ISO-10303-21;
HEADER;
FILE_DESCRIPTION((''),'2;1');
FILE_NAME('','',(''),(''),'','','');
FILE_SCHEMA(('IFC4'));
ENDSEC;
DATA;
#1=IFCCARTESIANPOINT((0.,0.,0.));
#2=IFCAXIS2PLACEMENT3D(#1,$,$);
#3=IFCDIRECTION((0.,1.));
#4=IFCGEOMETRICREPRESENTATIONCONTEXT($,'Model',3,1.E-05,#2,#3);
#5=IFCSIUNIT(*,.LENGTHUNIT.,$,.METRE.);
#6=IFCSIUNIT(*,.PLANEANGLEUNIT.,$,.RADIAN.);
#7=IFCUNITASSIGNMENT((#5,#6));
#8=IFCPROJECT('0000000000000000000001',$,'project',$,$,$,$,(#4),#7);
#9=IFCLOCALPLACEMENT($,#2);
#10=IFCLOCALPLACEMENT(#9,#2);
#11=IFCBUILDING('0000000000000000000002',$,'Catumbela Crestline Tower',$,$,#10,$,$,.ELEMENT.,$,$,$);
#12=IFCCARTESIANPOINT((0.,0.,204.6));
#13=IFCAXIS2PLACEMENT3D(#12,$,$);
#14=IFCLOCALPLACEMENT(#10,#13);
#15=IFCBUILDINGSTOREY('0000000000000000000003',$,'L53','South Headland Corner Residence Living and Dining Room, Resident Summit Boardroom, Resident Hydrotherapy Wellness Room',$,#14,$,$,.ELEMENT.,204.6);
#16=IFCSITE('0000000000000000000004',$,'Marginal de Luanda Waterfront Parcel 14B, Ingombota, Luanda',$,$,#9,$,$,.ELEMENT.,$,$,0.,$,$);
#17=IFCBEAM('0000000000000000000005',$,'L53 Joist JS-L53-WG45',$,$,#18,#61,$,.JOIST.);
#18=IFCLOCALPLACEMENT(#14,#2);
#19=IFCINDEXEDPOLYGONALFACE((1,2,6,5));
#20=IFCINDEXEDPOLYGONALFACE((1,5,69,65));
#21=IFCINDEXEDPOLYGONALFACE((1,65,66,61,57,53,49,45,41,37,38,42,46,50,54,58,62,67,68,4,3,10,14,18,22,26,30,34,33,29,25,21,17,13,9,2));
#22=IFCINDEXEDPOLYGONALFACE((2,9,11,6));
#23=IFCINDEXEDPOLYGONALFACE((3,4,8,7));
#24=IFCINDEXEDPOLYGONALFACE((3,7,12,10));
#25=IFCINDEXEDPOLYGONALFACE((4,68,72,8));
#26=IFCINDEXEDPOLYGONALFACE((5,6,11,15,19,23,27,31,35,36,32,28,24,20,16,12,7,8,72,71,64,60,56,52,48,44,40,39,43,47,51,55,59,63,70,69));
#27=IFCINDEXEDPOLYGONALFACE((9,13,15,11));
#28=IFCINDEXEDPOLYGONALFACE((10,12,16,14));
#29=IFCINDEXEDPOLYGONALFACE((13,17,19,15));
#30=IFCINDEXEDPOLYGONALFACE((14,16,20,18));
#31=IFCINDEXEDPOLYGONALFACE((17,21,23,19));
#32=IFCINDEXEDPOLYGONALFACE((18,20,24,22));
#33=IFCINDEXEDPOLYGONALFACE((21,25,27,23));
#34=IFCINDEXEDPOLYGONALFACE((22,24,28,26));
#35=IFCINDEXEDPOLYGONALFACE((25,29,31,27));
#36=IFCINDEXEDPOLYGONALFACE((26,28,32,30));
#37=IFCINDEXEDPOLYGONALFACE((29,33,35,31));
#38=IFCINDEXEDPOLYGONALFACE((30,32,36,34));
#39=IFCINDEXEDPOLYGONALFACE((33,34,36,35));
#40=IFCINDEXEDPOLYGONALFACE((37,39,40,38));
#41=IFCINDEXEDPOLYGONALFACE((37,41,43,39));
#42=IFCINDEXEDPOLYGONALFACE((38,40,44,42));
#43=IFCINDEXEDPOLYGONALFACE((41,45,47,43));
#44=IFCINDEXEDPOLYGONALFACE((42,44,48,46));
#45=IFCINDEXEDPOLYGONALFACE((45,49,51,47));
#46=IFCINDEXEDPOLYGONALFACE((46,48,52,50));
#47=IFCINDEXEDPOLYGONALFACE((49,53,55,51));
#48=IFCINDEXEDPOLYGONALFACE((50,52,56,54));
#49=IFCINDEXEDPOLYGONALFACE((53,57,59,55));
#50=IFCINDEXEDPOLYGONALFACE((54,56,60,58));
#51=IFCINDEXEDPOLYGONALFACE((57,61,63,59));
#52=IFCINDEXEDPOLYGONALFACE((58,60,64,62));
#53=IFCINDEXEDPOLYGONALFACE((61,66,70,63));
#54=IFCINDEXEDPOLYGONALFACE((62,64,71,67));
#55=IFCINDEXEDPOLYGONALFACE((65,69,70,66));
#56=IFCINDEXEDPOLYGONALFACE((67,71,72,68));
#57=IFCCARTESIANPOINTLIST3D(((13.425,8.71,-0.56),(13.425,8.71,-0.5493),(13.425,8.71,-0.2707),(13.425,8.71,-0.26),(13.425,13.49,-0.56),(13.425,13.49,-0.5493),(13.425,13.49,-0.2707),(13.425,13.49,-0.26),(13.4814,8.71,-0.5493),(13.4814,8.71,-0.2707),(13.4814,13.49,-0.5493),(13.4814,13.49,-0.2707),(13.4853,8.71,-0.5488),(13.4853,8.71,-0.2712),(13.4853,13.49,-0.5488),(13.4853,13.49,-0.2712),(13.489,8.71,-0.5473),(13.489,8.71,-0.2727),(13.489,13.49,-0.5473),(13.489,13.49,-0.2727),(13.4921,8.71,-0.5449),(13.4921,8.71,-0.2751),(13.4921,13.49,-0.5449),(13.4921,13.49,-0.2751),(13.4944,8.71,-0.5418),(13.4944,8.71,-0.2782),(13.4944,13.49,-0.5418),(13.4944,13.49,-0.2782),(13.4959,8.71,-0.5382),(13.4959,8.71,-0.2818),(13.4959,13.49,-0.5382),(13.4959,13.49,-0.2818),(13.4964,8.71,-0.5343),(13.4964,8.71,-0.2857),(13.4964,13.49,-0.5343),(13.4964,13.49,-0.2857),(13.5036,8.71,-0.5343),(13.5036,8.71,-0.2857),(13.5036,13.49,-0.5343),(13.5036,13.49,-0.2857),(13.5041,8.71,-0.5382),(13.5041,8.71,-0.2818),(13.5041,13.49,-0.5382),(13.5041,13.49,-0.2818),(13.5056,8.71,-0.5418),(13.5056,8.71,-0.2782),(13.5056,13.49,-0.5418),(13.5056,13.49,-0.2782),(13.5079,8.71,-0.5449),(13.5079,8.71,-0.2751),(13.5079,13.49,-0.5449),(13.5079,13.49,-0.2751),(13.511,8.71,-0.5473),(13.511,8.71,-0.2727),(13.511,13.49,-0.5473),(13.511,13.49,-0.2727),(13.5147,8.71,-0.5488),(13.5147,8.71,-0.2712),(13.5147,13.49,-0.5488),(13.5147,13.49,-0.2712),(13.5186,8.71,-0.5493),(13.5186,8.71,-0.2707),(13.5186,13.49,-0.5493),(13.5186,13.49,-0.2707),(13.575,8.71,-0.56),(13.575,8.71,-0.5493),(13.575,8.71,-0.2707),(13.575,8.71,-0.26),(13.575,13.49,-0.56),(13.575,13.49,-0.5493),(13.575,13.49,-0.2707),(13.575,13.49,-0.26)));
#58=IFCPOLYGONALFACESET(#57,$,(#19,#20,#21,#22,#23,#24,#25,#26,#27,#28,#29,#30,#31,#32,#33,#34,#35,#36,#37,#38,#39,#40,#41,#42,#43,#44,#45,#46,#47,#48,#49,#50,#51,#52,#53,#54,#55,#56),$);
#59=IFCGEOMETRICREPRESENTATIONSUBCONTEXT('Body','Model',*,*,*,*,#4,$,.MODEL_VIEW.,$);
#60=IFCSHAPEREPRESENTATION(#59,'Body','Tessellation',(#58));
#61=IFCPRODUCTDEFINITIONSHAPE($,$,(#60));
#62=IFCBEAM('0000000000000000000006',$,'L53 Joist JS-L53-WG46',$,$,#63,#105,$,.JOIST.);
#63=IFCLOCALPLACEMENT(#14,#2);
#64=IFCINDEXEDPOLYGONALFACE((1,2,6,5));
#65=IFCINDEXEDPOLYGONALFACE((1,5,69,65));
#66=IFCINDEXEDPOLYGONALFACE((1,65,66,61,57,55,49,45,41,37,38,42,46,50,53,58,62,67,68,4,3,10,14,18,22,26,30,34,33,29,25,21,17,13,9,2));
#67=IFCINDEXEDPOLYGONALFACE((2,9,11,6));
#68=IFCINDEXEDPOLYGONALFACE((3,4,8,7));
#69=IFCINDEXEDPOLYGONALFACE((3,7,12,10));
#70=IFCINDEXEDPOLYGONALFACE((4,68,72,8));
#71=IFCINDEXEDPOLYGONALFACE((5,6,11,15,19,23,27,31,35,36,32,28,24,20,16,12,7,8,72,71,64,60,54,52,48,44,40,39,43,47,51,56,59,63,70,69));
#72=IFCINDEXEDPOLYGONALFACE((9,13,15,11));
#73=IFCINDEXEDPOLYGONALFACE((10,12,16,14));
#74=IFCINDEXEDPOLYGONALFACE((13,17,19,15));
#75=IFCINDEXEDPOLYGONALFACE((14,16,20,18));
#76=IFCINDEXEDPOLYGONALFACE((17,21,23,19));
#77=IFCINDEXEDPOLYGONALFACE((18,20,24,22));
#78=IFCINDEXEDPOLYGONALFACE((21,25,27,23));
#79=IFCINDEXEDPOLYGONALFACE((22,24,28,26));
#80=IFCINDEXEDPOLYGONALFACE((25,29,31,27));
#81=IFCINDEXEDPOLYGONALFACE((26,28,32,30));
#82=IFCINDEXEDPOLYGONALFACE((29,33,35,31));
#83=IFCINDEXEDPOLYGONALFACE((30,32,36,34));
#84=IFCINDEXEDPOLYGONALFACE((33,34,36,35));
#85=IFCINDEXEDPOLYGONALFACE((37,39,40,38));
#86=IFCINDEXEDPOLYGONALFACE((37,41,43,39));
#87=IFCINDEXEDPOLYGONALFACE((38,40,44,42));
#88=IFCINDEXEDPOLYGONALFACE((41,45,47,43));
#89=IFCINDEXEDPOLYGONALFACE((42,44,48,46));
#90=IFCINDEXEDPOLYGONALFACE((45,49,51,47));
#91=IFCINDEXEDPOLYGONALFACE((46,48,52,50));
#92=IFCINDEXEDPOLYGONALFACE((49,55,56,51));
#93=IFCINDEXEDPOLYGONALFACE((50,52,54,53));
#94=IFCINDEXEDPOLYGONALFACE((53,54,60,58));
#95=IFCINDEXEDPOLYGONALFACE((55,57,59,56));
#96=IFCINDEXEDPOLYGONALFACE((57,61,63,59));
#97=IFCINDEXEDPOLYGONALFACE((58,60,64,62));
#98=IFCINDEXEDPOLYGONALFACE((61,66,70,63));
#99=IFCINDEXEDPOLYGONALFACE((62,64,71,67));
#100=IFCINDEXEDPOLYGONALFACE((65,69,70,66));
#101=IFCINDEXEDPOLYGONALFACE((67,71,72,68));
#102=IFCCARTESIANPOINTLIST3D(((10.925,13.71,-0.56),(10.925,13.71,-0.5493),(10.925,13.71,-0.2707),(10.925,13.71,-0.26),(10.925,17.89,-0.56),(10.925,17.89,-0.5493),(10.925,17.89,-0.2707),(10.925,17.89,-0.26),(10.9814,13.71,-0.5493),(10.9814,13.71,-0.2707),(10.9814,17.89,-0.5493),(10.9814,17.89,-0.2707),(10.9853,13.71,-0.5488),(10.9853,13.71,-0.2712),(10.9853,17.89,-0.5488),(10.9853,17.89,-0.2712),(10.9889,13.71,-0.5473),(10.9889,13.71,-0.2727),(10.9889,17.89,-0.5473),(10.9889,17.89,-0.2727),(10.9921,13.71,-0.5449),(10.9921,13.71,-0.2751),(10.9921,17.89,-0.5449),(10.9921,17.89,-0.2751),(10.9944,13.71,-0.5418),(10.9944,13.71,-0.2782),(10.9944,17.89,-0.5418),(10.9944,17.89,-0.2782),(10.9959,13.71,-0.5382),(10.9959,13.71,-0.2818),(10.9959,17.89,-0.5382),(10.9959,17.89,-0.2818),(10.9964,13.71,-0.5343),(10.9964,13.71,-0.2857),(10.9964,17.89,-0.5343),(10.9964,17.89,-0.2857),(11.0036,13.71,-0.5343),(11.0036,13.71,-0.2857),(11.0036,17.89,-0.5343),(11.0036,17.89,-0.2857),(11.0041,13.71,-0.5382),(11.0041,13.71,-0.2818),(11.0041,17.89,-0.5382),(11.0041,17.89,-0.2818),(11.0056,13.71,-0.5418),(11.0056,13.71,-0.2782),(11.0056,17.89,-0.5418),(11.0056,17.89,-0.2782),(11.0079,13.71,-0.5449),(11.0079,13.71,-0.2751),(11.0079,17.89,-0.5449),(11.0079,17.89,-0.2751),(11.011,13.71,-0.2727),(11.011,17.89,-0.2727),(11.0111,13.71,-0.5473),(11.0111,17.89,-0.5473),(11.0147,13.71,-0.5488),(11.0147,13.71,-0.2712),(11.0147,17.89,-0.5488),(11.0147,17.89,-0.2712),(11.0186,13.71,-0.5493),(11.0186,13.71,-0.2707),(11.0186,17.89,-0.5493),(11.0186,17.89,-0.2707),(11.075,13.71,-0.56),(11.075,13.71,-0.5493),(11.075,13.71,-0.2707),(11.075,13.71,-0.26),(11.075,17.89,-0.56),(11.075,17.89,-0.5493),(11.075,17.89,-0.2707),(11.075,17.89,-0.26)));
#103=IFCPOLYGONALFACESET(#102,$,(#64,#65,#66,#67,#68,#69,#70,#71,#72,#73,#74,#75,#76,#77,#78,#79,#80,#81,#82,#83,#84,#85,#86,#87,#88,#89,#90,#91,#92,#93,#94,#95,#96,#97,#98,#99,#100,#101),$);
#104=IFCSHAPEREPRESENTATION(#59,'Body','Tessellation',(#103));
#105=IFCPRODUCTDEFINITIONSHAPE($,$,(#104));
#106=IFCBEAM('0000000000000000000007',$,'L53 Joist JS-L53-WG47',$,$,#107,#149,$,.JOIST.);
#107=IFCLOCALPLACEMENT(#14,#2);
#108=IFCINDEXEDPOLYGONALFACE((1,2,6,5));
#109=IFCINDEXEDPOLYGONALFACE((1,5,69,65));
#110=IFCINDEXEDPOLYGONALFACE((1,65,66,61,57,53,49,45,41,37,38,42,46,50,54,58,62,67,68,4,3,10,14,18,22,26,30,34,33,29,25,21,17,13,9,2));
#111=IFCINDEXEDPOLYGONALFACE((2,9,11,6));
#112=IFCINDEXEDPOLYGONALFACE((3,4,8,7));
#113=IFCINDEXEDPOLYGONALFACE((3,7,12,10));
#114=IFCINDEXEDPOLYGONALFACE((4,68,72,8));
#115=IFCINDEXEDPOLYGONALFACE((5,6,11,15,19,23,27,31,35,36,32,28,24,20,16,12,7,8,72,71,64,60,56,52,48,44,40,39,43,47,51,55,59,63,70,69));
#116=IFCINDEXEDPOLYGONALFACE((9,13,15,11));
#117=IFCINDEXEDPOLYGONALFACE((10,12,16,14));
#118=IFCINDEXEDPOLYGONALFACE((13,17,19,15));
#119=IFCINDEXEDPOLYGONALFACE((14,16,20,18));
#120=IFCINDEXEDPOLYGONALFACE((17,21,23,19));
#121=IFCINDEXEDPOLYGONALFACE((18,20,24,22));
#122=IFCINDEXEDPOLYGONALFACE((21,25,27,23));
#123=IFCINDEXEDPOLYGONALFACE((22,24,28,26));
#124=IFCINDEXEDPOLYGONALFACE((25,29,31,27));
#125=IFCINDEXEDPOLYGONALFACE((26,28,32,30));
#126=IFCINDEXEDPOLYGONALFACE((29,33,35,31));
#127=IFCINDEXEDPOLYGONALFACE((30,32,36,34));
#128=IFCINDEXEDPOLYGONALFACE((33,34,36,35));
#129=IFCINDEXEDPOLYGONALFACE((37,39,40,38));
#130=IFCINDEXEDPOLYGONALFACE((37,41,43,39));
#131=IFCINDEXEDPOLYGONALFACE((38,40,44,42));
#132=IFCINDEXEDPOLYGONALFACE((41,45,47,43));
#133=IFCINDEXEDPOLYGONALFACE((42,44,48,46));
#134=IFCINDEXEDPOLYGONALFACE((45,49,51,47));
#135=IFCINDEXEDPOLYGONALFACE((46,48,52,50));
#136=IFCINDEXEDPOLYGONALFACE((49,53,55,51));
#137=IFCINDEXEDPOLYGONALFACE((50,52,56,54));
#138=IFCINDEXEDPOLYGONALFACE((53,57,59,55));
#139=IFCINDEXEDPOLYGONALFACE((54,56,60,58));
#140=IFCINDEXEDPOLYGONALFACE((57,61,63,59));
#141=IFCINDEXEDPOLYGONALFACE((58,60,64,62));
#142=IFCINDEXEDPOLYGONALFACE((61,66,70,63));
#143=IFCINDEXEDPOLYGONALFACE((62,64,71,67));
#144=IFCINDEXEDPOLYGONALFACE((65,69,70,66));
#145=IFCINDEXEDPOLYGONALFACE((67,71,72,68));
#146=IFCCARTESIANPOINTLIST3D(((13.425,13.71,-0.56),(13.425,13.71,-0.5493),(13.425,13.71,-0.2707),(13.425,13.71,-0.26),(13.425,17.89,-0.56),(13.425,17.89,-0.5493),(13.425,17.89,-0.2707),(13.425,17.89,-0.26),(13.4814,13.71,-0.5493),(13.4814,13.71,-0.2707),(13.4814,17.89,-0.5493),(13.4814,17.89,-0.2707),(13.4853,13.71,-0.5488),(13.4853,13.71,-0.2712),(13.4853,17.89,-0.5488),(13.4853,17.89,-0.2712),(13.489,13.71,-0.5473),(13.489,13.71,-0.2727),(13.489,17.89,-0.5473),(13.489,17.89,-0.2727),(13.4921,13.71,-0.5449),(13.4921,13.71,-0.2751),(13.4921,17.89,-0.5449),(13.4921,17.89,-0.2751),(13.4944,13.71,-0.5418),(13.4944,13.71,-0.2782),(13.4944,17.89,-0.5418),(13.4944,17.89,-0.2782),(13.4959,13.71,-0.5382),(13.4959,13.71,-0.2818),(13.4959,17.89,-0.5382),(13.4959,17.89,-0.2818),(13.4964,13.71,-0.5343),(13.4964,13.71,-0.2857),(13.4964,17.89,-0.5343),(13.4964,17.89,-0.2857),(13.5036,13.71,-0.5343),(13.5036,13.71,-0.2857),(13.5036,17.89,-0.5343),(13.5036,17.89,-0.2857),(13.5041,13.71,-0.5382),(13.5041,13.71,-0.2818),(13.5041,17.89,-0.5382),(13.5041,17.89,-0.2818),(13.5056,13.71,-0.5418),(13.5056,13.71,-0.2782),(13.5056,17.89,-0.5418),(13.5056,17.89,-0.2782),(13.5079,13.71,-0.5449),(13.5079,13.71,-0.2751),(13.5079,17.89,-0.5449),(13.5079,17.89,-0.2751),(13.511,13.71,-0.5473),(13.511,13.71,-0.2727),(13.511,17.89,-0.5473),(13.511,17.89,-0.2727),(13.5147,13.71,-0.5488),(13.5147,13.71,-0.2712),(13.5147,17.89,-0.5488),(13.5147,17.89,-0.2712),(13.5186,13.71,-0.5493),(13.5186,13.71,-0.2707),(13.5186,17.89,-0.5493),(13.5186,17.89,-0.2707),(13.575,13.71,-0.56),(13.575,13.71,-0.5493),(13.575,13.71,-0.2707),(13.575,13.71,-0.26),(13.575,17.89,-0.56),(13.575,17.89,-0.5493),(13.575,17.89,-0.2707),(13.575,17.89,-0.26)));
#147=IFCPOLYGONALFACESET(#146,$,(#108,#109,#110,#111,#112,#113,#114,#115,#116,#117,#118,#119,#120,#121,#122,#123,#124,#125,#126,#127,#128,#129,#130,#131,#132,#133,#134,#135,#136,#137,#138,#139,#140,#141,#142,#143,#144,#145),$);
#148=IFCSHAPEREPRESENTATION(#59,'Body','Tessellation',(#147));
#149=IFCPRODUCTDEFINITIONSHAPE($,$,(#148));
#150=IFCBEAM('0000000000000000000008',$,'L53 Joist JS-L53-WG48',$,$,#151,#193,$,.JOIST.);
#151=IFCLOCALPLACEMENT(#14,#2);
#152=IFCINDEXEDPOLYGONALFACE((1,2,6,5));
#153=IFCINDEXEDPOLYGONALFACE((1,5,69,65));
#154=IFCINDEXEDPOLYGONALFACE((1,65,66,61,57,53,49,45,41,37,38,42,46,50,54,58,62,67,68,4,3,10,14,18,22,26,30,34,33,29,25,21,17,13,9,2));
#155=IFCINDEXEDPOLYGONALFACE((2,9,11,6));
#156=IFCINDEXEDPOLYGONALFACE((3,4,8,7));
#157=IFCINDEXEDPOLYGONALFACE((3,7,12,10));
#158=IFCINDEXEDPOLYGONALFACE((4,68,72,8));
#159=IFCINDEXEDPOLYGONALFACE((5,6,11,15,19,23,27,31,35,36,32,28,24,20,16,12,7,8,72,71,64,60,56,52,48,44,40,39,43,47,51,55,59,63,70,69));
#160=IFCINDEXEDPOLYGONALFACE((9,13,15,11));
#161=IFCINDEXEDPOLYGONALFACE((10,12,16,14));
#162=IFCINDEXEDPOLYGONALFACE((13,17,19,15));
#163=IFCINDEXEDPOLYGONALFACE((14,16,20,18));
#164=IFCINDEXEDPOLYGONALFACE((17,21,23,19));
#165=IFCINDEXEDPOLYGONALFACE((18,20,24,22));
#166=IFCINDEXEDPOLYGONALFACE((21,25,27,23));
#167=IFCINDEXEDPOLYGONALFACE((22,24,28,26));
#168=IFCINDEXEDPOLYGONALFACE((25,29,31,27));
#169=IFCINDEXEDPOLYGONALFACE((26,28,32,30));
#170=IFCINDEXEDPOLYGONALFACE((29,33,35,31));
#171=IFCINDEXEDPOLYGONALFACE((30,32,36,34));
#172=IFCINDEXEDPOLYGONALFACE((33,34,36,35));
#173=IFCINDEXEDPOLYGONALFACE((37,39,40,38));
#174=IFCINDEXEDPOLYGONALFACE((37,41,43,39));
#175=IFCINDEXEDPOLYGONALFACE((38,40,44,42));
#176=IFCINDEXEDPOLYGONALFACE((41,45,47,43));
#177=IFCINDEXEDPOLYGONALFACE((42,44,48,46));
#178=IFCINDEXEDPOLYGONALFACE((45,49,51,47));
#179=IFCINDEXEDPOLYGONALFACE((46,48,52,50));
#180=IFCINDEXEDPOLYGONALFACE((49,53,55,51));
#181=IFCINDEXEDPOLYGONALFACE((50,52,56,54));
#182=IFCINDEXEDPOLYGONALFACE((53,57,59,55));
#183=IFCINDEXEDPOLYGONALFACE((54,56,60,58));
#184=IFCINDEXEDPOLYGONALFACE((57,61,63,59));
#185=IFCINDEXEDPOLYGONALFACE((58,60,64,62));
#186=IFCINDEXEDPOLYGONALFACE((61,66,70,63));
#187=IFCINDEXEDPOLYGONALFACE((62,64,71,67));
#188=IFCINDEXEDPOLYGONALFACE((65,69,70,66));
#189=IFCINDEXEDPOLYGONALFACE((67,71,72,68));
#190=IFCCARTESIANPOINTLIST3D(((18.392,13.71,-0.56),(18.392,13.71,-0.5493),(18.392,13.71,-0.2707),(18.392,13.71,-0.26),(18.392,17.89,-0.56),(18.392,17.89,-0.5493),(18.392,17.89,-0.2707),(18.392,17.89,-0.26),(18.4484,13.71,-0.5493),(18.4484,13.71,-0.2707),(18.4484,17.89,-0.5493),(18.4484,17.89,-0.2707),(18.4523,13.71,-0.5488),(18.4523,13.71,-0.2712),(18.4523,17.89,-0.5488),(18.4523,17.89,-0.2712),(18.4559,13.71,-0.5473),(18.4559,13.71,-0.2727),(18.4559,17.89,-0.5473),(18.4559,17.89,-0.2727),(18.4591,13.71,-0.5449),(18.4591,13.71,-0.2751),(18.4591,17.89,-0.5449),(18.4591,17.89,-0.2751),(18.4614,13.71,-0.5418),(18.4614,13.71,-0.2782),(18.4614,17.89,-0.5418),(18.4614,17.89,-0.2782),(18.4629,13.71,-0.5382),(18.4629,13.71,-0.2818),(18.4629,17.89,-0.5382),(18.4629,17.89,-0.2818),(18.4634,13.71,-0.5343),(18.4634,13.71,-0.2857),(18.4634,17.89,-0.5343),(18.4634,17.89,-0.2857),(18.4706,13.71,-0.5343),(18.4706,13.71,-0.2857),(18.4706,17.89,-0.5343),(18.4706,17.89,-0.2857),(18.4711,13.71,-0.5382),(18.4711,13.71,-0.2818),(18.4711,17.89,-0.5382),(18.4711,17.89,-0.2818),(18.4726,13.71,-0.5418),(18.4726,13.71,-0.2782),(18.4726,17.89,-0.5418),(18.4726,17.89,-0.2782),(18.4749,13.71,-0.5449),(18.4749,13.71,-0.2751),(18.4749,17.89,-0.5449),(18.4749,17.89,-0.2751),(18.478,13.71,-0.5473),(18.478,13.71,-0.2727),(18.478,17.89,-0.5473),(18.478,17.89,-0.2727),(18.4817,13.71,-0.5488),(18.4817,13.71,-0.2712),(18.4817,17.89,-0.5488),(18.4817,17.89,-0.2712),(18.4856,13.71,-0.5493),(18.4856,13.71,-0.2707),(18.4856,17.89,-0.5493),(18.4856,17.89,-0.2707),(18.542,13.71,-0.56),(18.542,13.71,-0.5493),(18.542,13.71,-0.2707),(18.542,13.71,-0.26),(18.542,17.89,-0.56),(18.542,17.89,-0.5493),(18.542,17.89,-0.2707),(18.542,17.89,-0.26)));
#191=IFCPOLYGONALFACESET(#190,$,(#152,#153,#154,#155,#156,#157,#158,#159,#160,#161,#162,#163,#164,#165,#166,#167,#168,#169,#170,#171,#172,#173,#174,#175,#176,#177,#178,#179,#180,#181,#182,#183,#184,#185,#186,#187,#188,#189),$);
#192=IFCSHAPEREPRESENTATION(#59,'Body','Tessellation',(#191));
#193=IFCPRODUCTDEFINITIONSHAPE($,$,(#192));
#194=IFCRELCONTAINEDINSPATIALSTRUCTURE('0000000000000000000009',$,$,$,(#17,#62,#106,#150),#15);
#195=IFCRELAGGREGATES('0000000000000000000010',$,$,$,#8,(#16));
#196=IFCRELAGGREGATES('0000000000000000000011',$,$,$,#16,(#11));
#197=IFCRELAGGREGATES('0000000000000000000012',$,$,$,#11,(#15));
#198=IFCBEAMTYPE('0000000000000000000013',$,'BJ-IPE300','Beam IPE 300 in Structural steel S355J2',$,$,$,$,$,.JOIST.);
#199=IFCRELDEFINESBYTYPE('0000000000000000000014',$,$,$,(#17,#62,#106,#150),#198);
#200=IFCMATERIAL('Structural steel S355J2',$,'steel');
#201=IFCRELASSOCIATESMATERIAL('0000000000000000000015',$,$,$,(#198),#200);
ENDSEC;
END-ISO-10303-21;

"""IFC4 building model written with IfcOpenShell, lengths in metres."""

from ifc_helpers import new_model, si_unit, direction, frame, origin, origin_2d, place, context, subcontext, project, spatial, i_section, extrude, material, material_profile, profile_set, type_object, element, save


model = new_model("IFC4")

# Units and contexts
model_context = context("Model", 3, precision=1e-05, world=origin(), true_north=direction((0.0, 1.0)))
body_context = subcontext(model_context, "Body", "Model", "MODEL_VIEW")
ifc_project = project(units=[si_unit("LENGTHUNIT", "METRE"), si_unit("PLANEANGLEUNIT", "RADIAN")], contexts=[model_context])

# Site, building, storey
site_placement = place(None, origin())
site = spatial("IfcSite", under=ifc_project, at=site_placement, Name="Marginal de Luanda Waterfront Parcel 14B, Ingombota, Luanda", CompositionType="ELEMENT", RefElevation=0.0)
building_placement = place(site_placement, origin())
building = spatial("IfcBuilding", under=site, at=building_placement, Name="Catumbela Crestline Tower", CompositionType="ELEMENT")
storey_placement = place(building_placement, frame((0.0, 0.0, 204.6)))
storey = spatial("IfcBuildingStorey", under=building, at=storey_placement, Name="L53", Description="South Headland Corner Residence Living and Dining Room, Resident Summit Boardroom, Resident Hydrotherapy Wellness Room", CompositionType="ELEMENT", Elevation=204.6)

# Shared definitions
ifc_material_1 = material(Name="Structural steel S355J2", Category="steel")

# Beams
ifc_material_profile_1 = material_profile(ifc_material_1, i_section(OverallWidth=0.15, OverallDepth=0.3, WebThickness=0.0071, FlangeThickness=0.0107, FilletRadius=0.015, at=origin_2d()), Name="IPE 300")
ifc_profile_set_1 = profile_set([ifc_material_profile_1], Name="Structural steel S355J2")
beam_type_1 = type_object("IfcBeamType", Name="BJ-IPE300", Description="Beam IPE 300 in Structural steel S355J2", PredefinedType="JOIST", material=ifc_profile_set_1)
for number, where, z_axis, x_axis, name in (
    (1, (13.5, 8.71, -0.41), (0.0, 1.0, 0.0), (-1.0, 0.0, 0.0), "L53 Joist JS-L53-WG45"),
):
    element("IfcBeam", number, at=place(storey_placement, frame(where, z_axis=z_axis, x_axis=x_axis)), inside=storey, type_object=beam_type_1, Name=name, PredefinedType="JOIST", context=body_context, shape_type="SweptSolid", body=[
        extrude(i_section(OverallWidth=0.15, OverallDepth=0.3, WebThickness=0.0071, FlangeThickness=0.0107, FilletRadius=0.015, at=origin_2d()), origin(), (0.0, 0.0, 1.0), 4.78),
    ])
for number, where, z_axis, x_axis, name in (
    (2, (11.0, 13.71, -0.41), (0.0, 1.0, 0.0), (-1.0, 0.0, 0.0), "L53 Joist JS-L53-WG46"),
    (3, (13.5, 13.71, -0.41), (0.0, 1.0, 0.0), (-1.0, 0.0, 0.0), "L53 Joist JS-L53-WG47"),
    (4, (18.467, 13.71, -0.41), (0.0, 1.0, 0.0), (-1.0, 0.0, 0.0), "L53 Joist JS-L53-WG48"),
):
    element("IfcBeam", number, at=place(storey_placement, frame(where, z_axis=z_axis, x_axis=x_axis)), inside=storey, type_object=beam_type_1, Name=name, PredefinedType="JOIST", context=body_context, shape_type="SweptSolid", body=[
        extrude(i_section(OverallWidth=0.15, OverallDepth=0.3, WebThickness=0.0071, FlangeThickness=0.0107, FilletRadius=0.015, at=origin_2d()), origin(), (0.0, 0.0, 1.0), 4.18),
    ])

save(model, "model.ifc")
